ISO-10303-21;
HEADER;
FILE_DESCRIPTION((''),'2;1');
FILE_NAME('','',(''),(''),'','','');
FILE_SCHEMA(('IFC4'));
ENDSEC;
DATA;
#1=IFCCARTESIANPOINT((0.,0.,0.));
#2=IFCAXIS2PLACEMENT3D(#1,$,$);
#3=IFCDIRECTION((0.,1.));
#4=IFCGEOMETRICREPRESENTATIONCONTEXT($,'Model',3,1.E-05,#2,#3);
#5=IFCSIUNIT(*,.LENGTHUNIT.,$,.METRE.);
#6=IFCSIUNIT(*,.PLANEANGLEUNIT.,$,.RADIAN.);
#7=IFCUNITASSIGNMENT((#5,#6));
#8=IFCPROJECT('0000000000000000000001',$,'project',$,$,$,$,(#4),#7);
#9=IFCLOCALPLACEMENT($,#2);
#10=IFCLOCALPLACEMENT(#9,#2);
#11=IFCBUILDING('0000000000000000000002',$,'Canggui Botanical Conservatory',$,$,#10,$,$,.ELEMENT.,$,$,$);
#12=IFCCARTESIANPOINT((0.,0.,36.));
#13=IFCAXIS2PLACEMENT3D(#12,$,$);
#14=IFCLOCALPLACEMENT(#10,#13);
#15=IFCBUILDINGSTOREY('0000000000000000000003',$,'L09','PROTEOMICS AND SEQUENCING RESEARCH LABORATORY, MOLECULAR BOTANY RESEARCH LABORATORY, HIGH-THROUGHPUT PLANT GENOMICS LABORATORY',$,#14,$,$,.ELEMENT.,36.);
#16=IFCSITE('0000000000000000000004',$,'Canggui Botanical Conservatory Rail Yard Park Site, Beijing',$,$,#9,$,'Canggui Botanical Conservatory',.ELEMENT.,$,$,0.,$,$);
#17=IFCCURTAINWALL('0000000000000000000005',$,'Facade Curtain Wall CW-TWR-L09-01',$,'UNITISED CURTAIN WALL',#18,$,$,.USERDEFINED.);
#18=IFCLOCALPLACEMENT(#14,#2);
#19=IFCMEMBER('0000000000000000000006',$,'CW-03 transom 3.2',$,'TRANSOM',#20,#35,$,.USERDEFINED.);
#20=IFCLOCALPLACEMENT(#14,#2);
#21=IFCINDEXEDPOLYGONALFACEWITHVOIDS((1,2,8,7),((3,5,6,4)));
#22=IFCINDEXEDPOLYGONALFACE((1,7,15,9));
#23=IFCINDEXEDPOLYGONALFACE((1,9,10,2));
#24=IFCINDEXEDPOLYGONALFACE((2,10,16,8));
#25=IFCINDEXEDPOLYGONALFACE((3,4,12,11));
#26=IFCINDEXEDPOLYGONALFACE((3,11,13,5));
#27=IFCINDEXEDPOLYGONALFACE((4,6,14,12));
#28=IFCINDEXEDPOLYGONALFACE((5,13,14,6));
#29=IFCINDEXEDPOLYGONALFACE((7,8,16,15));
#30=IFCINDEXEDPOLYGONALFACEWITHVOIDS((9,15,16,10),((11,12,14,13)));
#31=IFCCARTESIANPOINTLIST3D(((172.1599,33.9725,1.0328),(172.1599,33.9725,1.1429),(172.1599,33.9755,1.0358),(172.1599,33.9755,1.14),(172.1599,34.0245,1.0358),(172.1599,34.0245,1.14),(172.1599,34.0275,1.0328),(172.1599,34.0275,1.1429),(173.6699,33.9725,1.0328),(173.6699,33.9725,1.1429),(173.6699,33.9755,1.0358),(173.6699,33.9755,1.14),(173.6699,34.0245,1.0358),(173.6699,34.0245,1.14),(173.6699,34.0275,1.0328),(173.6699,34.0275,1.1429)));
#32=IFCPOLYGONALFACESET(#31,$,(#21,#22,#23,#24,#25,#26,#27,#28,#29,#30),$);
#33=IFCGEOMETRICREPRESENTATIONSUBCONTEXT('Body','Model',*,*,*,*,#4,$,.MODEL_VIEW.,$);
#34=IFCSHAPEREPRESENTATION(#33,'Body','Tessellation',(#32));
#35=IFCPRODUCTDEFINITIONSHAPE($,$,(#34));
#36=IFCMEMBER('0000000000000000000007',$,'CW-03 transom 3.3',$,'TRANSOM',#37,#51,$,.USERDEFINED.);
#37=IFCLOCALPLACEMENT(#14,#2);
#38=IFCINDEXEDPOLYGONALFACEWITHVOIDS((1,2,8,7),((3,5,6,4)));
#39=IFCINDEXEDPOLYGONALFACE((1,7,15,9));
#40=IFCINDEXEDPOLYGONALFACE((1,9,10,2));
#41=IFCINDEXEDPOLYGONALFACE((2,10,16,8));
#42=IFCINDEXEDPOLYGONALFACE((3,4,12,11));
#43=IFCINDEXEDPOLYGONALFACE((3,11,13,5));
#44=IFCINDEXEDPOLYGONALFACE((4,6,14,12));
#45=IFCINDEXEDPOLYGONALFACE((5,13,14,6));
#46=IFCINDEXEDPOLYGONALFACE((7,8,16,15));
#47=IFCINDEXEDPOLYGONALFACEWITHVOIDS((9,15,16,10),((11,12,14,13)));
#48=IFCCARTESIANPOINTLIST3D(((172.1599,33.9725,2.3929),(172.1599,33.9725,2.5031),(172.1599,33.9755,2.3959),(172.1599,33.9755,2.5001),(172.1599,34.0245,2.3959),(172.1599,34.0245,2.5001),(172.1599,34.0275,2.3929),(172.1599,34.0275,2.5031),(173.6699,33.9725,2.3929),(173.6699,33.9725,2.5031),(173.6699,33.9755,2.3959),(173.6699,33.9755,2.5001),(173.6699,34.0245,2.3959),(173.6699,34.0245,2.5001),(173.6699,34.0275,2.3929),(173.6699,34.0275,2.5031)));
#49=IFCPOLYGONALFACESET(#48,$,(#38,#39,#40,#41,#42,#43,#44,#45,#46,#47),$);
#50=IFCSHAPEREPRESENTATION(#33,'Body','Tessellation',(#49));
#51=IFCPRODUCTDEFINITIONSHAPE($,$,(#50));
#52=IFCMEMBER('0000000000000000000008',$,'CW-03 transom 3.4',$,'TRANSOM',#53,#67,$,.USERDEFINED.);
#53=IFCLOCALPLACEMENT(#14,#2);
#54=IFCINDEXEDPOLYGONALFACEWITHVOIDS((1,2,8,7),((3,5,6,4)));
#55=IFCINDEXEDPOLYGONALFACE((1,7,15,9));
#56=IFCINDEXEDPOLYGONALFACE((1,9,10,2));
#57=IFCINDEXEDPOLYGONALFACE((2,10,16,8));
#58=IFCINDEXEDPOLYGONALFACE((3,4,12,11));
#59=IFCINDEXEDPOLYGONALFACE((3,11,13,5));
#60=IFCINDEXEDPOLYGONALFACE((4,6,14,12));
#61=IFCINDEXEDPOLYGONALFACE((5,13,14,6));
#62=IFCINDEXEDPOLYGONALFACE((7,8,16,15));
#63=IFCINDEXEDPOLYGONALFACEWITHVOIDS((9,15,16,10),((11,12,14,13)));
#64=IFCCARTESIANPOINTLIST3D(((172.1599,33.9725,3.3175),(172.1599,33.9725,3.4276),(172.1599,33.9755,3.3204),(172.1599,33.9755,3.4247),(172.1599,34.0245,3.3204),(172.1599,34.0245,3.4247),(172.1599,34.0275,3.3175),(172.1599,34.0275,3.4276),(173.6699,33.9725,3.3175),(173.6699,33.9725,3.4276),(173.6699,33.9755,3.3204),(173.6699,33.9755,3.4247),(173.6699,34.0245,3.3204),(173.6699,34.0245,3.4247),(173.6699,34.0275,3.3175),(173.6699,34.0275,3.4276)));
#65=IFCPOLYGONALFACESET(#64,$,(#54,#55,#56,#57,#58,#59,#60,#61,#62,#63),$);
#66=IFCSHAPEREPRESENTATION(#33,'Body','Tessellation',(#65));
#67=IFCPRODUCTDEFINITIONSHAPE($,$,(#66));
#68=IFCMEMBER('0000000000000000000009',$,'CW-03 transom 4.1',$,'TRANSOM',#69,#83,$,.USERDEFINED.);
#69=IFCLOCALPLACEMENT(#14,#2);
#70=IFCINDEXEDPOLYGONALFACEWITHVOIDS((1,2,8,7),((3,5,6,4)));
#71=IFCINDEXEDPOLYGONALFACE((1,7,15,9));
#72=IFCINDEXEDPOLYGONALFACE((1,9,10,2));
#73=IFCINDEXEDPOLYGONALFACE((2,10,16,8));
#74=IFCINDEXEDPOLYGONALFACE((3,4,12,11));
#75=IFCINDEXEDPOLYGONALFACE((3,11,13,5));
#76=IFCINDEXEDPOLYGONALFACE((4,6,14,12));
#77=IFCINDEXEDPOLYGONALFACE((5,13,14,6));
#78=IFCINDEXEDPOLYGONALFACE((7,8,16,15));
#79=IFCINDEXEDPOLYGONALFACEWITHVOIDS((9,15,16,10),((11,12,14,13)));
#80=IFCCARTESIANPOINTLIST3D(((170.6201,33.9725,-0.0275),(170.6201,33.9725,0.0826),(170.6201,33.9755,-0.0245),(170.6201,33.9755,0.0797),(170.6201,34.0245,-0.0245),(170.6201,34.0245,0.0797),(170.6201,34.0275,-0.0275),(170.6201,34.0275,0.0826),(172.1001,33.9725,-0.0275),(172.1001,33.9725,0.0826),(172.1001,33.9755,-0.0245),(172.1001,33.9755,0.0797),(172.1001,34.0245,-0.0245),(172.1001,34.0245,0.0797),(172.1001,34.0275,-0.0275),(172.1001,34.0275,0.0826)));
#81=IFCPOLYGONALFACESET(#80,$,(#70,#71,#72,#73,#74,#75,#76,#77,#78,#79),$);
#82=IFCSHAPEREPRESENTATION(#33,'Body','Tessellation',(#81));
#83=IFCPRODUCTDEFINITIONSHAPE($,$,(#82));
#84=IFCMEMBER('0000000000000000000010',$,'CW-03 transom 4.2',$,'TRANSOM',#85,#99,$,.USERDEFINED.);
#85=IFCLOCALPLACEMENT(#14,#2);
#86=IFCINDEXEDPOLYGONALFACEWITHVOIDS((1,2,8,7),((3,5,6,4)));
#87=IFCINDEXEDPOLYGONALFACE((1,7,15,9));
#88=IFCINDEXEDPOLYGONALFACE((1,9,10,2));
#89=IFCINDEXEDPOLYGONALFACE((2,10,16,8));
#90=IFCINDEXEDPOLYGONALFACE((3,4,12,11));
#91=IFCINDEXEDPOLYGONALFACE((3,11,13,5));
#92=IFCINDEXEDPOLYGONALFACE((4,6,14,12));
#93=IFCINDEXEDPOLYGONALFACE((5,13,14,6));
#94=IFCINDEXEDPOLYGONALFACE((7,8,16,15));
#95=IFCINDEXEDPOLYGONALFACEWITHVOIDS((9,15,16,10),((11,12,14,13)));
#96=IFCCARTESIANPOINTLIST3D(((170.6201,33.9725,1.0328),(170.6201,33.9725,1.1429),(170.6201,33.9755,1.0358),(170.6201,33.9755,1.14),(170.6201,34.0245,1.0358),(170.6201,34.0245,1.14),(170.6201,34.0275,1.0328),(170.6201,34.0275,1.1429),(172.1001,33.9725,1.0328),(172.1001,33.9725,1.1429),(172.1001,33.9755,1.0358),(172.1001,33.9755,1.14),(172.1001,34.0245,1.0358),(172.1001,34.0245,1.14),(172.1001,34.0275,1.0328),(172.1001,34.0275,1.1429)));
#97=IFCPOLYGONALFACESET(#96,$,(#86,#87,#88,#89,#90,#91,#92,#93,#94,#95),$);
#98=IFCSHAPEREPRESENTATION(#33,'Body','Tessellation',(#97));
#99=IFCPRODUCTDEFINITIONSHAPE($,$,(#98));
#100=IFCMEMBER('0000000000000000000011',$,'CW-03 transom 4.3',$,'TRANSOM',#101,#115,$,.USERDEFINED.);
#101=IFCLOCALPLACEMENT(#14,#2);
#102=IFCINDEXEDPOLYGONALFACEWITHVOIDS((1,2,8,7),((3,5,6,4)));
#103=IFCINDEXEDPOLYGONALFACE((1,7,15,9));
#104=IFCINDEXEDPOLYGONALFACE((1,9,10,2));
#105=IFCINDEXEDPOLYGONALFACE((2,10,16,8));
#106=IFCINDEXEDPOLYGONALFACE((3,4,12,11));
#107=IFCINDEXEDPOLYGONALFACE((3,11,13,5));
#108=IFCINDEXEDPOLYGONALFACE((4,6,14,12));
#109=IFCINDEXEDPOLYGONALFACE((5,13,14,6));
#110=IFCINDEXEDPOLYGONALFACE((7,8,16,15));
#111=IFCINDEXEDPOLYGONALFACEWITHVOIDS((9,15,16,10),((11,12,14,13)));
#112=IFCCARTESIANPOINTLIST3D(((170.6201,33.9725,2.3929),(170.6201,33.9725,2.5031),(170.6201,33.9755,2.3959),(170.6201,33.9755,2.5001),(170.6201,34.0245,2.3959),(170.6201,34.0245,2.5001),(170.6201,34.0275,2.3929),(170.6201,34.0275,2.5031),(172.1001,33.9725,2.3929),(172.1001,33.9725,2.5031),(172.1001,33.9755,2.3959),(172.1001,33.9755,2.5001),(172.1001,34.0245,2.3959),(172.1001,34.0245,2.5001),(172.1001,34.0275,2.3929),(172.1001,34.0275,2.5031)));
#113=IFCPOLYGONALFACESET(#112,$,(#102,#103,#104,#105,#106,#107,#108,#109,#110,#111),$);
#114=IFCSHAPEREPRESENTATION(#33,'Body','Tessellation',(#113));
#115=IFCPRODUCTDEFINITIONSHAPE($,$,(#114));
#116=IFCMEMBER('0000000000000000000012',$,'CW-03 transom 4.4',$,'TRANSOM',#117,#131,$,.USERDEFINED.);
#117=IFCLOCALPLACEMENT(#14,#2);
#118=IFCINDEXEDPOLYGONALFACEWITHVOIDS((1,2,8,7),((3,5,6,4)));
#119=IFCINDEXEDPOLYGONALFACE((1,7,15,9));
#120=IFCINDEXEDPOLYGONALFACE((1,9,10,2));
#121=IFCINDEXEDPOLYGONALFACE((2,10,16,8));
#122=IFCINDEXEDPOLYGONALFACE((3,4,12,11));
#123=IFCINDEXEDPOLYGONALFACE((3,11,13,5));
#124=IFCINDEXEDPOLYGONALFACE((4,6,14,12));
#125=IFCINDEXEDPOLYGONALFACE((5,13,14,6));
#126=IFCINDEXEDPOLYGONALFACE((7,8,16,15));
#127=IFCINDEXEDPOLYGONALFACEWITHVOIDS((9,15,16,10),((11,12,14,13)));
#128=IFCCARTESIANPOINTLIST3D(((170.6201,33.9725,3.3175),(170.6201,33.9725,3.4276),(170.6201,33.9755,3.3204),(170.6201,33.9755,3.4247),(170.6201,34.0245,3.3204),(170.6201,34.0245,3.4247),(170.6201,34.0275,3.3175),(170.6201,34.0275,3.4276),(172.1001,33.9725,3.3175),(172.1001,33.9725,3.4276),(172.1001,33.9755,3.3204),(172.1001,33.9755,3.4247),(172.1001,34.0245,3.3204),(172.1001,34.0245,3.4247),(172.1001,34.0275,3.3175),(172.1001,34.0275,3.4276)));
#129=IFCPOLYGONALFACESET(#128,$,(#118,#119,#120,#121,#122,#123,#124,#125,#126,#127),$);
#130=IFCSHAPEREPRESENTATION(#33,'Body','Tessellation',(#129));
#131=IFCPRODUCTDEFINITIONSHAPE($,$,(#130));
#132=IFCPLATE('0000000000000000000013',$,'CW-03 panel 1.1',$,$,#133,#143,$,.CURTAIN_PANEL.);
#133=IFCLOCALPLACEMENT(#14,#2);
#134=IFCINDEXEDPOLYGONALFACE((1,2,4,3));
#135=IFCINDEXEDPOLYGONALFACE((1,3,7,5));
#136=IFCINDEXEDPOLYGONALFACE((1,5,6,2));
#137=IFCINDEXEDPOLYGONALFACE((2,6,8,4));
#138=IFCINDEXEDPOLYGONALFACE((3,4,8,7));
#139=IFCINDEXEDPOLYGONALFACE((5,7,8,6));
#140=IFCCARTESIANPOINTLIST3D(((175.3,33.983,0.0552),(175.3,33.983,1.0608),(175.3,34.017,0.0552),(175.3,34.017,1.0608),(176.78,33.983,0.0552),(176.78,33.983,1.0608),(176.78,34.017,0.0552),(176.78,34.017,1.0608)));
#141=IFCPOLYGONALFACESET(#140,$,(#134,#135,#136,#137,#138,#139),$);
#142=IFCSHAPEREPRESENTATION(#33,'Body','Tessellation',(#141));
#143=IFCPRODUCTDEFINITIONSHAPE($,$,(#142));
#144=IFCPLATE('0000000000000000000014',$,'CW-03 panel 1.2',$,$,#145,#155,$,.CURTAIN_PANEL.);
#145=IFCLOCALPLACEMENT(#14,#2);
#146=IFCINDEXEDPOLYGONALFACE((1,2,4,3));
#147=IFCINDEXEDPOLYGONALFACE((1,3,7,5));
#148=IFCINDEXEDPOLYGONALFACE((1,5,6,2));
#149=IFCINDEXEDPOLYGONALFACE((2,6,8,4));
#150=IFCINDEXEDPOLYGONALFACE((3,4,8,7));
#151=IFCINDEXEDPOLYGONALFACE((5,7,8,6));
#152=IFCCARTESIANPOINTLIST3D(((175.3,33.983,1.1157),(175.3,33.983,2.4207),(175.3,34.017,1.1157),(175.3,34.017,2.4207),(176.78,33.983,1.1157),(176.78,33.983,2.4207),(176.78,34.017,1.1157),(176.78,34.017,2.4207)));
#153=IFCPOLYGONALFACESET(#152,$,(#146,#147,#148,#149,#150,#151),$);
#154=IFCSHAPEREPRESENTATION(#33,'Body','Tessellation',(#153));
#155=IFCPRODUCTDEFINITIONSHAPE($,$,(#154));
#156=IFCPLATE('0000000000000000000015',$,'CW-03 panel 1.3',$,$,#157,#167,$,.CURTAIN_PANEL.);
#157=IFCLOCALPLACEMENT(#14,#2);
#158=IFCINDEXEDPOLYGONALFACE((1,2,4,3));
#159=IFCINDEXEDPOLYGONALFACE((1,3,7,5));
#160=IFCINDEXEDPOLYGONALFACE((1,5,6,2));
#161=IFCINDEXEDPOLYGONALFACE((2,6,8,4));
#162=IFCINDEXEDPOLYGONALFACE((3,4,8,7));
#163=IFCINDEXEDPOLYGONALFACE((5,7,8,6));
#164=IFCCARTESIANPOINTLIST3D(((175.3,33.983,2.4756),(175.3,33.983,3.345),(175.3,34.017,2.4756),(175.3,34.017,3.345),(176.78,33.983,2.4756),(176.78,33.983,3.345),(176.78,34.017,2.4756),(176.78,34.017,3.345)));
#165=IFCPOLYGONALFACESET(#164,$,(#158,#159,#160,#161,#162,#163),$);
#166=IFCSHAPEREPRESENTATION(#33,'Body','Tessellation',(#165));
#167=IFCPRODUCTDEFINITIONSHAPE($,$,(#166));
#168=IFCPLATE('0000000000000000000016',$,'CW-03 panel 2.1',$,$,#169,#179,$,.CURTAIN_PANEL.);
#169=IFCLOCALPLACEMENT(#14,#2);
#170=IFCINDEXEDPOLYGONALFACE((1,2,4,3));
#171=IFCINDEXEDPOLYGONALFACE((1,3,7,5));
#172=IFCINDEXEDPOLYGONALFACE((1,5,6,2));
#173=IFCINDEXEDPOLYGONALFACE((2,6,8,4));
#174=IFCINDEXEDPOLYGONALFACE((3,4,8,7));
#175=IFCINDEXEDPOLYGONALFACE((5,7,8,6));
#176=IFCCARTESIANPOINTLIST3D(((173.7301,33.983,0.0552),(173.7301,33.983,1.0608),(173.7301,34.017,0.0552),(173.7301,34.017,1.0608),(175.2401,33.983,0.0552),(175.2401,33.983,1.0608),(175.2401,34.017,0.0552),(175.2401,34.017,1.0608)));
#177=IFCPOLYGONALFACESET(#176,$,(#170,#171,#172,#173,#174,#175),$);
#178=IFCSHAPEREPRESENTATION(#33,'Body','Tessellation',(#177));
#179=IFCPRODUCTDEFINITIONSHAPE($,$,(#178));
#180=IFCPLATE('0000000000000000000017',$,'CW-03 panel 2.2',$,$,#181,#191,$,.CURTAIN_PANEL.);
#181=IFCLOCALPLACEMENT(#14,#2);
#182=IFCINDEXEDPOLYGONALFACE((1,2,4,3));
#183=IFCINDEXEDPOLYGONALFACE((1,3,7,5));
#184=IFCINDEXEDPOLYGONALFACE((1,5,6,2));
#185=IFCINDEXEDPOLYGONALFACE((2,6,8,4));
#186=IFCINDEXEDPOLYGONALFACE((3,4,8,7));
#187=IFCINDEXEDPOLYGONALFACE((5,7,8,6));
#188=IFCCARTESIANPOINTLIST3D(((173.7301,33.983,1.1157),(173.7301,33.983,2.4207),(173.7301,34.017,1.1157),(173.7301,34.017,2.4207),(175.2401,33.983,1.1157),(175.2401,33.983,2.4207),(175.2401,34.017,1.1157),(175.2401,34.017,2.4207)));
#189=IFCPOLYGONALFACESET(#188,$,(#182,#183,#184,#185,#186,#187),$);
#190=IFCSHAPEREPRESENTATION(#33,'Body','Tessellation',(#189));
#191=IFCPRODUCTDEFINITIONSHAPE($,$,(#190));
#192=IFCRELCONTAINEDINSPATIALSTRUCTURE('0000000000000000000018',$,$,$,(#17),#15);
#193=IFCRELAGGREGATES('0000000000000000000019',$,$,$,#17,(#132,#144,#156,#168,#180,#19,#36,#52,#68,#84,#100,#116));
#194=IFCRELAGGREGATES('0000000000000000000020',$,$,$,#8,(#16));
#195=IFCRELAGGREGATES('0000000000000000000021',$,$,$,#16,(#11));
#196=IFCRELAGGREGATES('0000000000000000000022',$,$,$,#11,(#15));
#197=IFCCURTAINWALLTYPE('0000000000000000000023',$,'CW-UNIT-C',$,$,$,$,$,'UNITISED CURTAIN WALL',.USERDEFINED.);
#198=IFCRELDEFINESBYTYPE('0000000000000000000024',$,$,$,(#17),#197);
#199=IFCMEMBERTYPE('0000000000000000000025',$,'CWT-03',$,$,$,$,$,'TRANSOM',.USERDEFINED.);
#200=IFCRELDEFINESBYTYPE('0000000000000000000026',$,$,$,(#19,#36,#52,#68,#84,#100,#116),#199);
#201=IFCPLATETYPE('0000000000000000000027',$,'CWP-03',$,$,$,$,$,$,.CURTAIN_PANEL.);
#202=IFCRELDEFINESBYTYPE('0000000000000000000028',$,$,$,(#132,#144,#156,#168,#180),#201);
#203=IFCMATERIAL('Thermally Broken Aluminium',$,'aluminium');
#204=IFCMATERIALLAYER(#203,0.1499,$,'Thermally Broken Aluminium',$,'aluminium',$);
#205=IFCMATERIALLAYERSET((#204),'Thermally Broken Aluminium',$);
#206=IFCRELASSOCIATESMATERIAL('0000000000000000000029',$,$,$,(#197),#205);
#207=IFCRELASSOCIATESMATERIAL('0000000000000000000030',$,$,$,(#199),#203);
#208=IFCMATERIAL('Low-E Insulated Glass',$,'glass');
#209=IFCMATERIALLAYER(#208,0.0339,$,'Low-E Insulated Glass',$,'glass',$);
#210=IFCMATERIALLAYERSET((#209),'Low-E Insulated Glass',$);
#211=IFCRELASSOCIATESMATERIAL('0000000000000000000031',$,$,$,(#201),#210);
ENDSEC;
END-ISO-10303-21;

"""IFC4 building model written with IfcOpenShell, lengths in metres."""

from ifc_helpers import new_model, si_unit, direction, frame, origin, origin_2d, place, context, subcontext, project, spatial, rectangle, hollow_rectangle, extrude, material, layer, layer_set, material_profile, profile_set, type_object, element, aggregate, save


model = new_model("IFC4")

# Units and contexts
model_context = context("Model", 3, precision=1e-05, world=origin(), true_north=direction((0.0, 1.0)))
body_context = subcontext(model_context, "Body", "Model", "MODEL_VIEW")
ifc_project = project(units=[si_unit("LENGTHUNIT", "METRE"), si_unit("PLANEANGLEUNIT", "RADIAN")], contexts=[model_context])

# Site, building, storey
site_placement = place(None, origin())
site = spatial("IfcSite", under=ifc_project, at=site_placement, Name="Canggui Botanical Conservatory Rail Yard Park Site, Beijing", LongName="Canggui Botanical Conservatory", CompositionType="ELEMENT", RefElevation=0.0)
building_placement = place(site_placement, origin())
building = spatial("IfcBuilding", under=site, at=building_placement, Name="Canggui Botanical Conservatory", CompositionType="ELEMENT")
storey_placement = place(building_placement, frame((0.0, 0.0, 36.0)))
storey = spatial("IfcBuildingStorey", under=building, at=storey_placement, Name="L09", Description="PROTEOMICS AND SEQUENCING RESEARCH LABORATORY, MOLECULAR BOTANY RESEARCH LABORATORY, HIGH-THROUGHPUT PLANT GENOMICS LABORATORY", CompositionType="ELEMENT", Elevation=36.0)

# Curtain wall, members, plates
ifc_material_1 = material(Name="Thermally Broken Aluminium", Category="aluminium")
ifc_layer_1 = layer(ifc_material_1, 0.1499, Name="Thermally Broken Aluminium", Category="aluminium")
ifc_layer_set_1 = layer_set([ifc_layer_1], Name="Thermally Broken Aluminium")
curtain_wall_type = type_object("IfcCurtainWallType", Name="CW-UNIT-C", ElementType="UNITISED CURTAIN WALL", PredefinedType="USERDEFINED", material=ifc_layer_set_1)
curtain_wall_placement = place(storey_placement, origin())
curtain_wall = element("IfcCurtainWall", 1, at=curtain_wall_placement, inside=storey, type_object=curtain_wall_type, Name="Facade Curtain Wall CW-TWR-L09-01", ObjectType="UNITISED CURTAIN WALL", PredefinedType="USERDEFINED")
ifc_material_profile_1 = material_profile(ifc_material_1, hollow_rectangle(XDim=0.0549, YDim=0.1101, WallThickness=0.0029, at=origin_2d()), Name="CWT 55x110x3")
ifc_profile_set_1 = profile_set([ifc_material_profile_1], Name="Thermally Broken Aluminium")
member_type_1 = type_object("IfcMemberType", Name="CWT-03", ElementType="TRANSOM", PredefinedType="USERDEFINED", material=ifc_profile_set_1)
member_1_placement = place(storey_placement, frame((173.6699, 34.0, 1.0879), z_axis=(-1.0, 0.0, 0.0), x_axis=(0.0, -1.0, 0.0)))
member_1 = element("IfcMember", 2, at=member_1_placement, type_object=member_type_1, Name="CW-03 transom 3.2", ObjectType="TRANSOM", PredefinedType="USERDEFINED", context=body_context, shape_type="SweptSolid", body=[
    extrude(hollow_rectangle(XDim=0.0549, YDim=0.1101, WallThickness=0.0029, at=origin_2d()), origin(), (0.0, 0.0, 1.0), 1.51),
])
member_2_placement = place(storey_placement, frame((173.6699, 34.0, 2.448), z_axis=(-1.0, 0.0, 0.0), x_axis=(0.0, -1.0, 0.0)))
member_2 = element("IfcMember", 3, at=member_2_placement, type_object=member_type_1, Name="CW-03 transom 3.3", ObjectType="TRANSOM", PredefinedType="USERDEFINED", context=body_context, shape_type="SweptSolid", body=[
    extrude(hollow_rectangle(XDim=0.0549, YDim=0.1101, WallThickness=0.0029, at=origin_2d()), origin(), (0.0, 0.0, 1.0), 1.51),
])
member_3_placement = place(storey_placement, frame((173.6699, 34.0, 3.3726), z_axis=(-1.0, 0.0, 0.0), x_axis=(0.0, -1.0, 0.0)))
member_3 = element("IfcMember", 4, at=member_3_placement, type_object=member_type_1, Name="CW-03 transom 3.4", ObjectType="TRANSOM", PredefinedType="USERDEFINED", context=body_context, shape_type="SweptSolid", body=[
    extrude(hollow_rectangle(XDim=0.0549, YDim=0.1101, WallThickness=0.0029, at=origin_2d()), origin(), (0.0, 0.0, 1.0), 1.51),
])
member_4_placement = place(storey_placement, frame((172.1001, 34.0, 0.0276), z_axis=(-1.0, 0.0, 0.0), x_axis=(0.0, -1.0, 0.0)))
member_4 = element("IfcMember", 5, at=member_4_placement, type_object=member_type_1, Name="CW-03 transom 4.1", ObjectType="TRANSOM", PredefinedType="USERDEFINED", context=body_context, shape_type="SweptSolid", body=[
    extrude(hollow_rectangle(XDim=0.0549, YDim=0.1101, WallThickness=0.0029, at=origin_2d()), origin(), (0.0, 0.0, 1.0), 1.48),
])
member_5_placement = place(storey_placement, frame((172.1001, 34.0, 1.0879), z_axis=(-1.0, 0.0, 0.0), x_axis=(0.0, -1.0, 0.0)))
member_5 = element("IfcMember", 6, at=member_5_placement, type_object=member_type_1, Name="CW-03 transom 4.2", ObjectType="TRANSOM", PredefinedType="USERDEFINED", context=body_context, shape_type="SweptSolid", body=[
    extrude(hollow_rectangle(XDim=0.0549, YDim=0.1101, WallThickness=0.0029, at=origin_2d()), origin(), (0.0, 0.0, 1.0), 1.48),
])
member_6_placement = place(storey_placement, frame((172.1001, 34.0, 2.448), z_axis=(-1.0, 0.0, 0.0), x_axis=(0.0, -1.0, 0.0)))
member_6 = element("IfcMember", 7, at=member_6_placement, type_object=member_type_1, Name="CW-03 transom 4.3", ObjectType="TRANSOM", PredefinedType="USERDEFINED", context=body_context, shape_type="SweptSolid", body=[
    extrude(hollow_rectangle(XDim=0.0549, YDim=0.1101, WallThickness=0.0029, at=origin_2d()), origin(), (0.0, 0.0, 1.0), 1.48),
])
member_7_placement = place(storey_placement, frame((172.1001, 34.0, 3.3726), z_axis=(-1.0, 0.0, 0.0), x_axis=(0.0, -1.0, 0.0)))
member_7 = element("IfcMember", 8, at=member_7_placement, type_object=member_type_1, Name="CW-03 transom 4.4", ObjectType="TRANSOM", PredefinedType="USERDEFINED", context=body_context, shape_type="SweptSolid", body=[
    extrude(hollow_rectangle(XDim=0.0549, YDim=0.1101, WallThickness=0.0029, at=origin_2d()), origin(), (0.0, 0.0, 1.0), 1.48),
])
ifc_material_2 = material(Name="Low-E Insulated Glass", Category="glass")
ifc_layer_2 = layer(ifc_material_2, 0.0339, Name="Low-E Insulated Glass", Category="glass")
ifc_layer_set_2 = layer_set([ifc_layer_2], Name="Low-E Insulated Glass")
plate_type = type_object("IfcPlateType", Name="CWP-03", PredefinedType="CURTAIN_PANEL", material=ifc_layer_set_2)
plate_1_placement = place(storey_placement, frame((176.04, 34.0, 0.0552), z_axis=(0.0, 0.0, 1.0), x_axis=(-1.0, 0.0, 0.0)))
plate_1 = element("IfcPlate", 9, at=plate_1_placement, type_object=plate_type, Name="CW-03 panel 1.1", PredefinedType="CURTAIN_PANEL", context=body_context, shape_type="SweptSolid", body=[
    extrude(rectangle(XDim=1.48, YDim=0.0339, at=origin_2d()), origin(), (0.0, 0.0, 1.0), 1.0056),
])
plate_2_placement = place(storey_placement, frame((176.04, 34.0, 1.1157), z_axis=(0.0, 0.0, 1.0), x_axis=(-1.0, 0.0, 0.0)))
plate_2 = element("IfcPlate", 10, at=plate_2_placement, type_object=plate_type, Name="CW-03 panel 1.2", PredefinedType="CURTAIN_PANEL", context=body_context, shape_type="SweptSolid", body=[
    extrude(rectangle(XDim=1.48, YDim=0.0339, at=origin_2d()), origin(), (0.0, 0.0, 1.0), 1.3049),
])
plate_3_placement = place(storey_placement, frame((176.04, 34.0, 2.4756), z_axis=(0.0, 0.0, 1.0), x_axis=(-1.0, 0.0, 0.0)))
plate_3 = element("IfcPlate", 11, at=plate_3_placement, type_object=plate_type, Name="CW-03 panel 1.3", PredefinedType="CURTAIN_PANEL", context=body_context, shape_type="SweptSolid", body=[
    extrude(rectangle(XDim=1.48, YDim=0.0339, at=origin_2d()), origin(), (0.0, 0.0, 1.0), 0.8694),
])
plate_4_placement = place(storey_placement, frame((174.4851, 34.0, 0.0552), z_axis=(0.0, 0.0, 1.0), x_axis=(-1.0, 0.0, 0.0)))
plate_4 = element("IfcPlate", 12, at=plate_4_placement, type_object=plate_type, Name="CW-03 panel 2.1", PredefinedType="CURTAIN_PANEL", context=body_context, shape_type="SweptSolid", body=[
    extrude(rectangle(XDim=1.51, YDim=0.0339, at=origin_2d()), origin(), (0.0, 0.0, 1.0), 1.0056),
])
plate_5_placement = place(storey_placement, frame((174.4851, 34.0, 1.1157), z_axis=(0.0, 0.0, 1.0), x_axis=(-1.0, 0.0, 0.0)))
plate_5 = element("IfcPlate", 13, at=plate_5_placement, type_object=plate_type, Name="CW-03 panel 2.2", PredefinedType="CURTAIN_PANEL", context=body_context, shape_type="SweptSolid", body=[
    extrude(rectangle(XDim=1.51, YDim=0.0339, at=origin_2d()), origin(), (0.0, 0.0, 1.0), 1.3049),
])
aggregate(curtain_wall, [plate_1, plate_2, plate_3, plate_4, plate_5, member_1, member_2, member_3, member_4, member_5, member_6, member_7])

save(model, "model.ifc")
